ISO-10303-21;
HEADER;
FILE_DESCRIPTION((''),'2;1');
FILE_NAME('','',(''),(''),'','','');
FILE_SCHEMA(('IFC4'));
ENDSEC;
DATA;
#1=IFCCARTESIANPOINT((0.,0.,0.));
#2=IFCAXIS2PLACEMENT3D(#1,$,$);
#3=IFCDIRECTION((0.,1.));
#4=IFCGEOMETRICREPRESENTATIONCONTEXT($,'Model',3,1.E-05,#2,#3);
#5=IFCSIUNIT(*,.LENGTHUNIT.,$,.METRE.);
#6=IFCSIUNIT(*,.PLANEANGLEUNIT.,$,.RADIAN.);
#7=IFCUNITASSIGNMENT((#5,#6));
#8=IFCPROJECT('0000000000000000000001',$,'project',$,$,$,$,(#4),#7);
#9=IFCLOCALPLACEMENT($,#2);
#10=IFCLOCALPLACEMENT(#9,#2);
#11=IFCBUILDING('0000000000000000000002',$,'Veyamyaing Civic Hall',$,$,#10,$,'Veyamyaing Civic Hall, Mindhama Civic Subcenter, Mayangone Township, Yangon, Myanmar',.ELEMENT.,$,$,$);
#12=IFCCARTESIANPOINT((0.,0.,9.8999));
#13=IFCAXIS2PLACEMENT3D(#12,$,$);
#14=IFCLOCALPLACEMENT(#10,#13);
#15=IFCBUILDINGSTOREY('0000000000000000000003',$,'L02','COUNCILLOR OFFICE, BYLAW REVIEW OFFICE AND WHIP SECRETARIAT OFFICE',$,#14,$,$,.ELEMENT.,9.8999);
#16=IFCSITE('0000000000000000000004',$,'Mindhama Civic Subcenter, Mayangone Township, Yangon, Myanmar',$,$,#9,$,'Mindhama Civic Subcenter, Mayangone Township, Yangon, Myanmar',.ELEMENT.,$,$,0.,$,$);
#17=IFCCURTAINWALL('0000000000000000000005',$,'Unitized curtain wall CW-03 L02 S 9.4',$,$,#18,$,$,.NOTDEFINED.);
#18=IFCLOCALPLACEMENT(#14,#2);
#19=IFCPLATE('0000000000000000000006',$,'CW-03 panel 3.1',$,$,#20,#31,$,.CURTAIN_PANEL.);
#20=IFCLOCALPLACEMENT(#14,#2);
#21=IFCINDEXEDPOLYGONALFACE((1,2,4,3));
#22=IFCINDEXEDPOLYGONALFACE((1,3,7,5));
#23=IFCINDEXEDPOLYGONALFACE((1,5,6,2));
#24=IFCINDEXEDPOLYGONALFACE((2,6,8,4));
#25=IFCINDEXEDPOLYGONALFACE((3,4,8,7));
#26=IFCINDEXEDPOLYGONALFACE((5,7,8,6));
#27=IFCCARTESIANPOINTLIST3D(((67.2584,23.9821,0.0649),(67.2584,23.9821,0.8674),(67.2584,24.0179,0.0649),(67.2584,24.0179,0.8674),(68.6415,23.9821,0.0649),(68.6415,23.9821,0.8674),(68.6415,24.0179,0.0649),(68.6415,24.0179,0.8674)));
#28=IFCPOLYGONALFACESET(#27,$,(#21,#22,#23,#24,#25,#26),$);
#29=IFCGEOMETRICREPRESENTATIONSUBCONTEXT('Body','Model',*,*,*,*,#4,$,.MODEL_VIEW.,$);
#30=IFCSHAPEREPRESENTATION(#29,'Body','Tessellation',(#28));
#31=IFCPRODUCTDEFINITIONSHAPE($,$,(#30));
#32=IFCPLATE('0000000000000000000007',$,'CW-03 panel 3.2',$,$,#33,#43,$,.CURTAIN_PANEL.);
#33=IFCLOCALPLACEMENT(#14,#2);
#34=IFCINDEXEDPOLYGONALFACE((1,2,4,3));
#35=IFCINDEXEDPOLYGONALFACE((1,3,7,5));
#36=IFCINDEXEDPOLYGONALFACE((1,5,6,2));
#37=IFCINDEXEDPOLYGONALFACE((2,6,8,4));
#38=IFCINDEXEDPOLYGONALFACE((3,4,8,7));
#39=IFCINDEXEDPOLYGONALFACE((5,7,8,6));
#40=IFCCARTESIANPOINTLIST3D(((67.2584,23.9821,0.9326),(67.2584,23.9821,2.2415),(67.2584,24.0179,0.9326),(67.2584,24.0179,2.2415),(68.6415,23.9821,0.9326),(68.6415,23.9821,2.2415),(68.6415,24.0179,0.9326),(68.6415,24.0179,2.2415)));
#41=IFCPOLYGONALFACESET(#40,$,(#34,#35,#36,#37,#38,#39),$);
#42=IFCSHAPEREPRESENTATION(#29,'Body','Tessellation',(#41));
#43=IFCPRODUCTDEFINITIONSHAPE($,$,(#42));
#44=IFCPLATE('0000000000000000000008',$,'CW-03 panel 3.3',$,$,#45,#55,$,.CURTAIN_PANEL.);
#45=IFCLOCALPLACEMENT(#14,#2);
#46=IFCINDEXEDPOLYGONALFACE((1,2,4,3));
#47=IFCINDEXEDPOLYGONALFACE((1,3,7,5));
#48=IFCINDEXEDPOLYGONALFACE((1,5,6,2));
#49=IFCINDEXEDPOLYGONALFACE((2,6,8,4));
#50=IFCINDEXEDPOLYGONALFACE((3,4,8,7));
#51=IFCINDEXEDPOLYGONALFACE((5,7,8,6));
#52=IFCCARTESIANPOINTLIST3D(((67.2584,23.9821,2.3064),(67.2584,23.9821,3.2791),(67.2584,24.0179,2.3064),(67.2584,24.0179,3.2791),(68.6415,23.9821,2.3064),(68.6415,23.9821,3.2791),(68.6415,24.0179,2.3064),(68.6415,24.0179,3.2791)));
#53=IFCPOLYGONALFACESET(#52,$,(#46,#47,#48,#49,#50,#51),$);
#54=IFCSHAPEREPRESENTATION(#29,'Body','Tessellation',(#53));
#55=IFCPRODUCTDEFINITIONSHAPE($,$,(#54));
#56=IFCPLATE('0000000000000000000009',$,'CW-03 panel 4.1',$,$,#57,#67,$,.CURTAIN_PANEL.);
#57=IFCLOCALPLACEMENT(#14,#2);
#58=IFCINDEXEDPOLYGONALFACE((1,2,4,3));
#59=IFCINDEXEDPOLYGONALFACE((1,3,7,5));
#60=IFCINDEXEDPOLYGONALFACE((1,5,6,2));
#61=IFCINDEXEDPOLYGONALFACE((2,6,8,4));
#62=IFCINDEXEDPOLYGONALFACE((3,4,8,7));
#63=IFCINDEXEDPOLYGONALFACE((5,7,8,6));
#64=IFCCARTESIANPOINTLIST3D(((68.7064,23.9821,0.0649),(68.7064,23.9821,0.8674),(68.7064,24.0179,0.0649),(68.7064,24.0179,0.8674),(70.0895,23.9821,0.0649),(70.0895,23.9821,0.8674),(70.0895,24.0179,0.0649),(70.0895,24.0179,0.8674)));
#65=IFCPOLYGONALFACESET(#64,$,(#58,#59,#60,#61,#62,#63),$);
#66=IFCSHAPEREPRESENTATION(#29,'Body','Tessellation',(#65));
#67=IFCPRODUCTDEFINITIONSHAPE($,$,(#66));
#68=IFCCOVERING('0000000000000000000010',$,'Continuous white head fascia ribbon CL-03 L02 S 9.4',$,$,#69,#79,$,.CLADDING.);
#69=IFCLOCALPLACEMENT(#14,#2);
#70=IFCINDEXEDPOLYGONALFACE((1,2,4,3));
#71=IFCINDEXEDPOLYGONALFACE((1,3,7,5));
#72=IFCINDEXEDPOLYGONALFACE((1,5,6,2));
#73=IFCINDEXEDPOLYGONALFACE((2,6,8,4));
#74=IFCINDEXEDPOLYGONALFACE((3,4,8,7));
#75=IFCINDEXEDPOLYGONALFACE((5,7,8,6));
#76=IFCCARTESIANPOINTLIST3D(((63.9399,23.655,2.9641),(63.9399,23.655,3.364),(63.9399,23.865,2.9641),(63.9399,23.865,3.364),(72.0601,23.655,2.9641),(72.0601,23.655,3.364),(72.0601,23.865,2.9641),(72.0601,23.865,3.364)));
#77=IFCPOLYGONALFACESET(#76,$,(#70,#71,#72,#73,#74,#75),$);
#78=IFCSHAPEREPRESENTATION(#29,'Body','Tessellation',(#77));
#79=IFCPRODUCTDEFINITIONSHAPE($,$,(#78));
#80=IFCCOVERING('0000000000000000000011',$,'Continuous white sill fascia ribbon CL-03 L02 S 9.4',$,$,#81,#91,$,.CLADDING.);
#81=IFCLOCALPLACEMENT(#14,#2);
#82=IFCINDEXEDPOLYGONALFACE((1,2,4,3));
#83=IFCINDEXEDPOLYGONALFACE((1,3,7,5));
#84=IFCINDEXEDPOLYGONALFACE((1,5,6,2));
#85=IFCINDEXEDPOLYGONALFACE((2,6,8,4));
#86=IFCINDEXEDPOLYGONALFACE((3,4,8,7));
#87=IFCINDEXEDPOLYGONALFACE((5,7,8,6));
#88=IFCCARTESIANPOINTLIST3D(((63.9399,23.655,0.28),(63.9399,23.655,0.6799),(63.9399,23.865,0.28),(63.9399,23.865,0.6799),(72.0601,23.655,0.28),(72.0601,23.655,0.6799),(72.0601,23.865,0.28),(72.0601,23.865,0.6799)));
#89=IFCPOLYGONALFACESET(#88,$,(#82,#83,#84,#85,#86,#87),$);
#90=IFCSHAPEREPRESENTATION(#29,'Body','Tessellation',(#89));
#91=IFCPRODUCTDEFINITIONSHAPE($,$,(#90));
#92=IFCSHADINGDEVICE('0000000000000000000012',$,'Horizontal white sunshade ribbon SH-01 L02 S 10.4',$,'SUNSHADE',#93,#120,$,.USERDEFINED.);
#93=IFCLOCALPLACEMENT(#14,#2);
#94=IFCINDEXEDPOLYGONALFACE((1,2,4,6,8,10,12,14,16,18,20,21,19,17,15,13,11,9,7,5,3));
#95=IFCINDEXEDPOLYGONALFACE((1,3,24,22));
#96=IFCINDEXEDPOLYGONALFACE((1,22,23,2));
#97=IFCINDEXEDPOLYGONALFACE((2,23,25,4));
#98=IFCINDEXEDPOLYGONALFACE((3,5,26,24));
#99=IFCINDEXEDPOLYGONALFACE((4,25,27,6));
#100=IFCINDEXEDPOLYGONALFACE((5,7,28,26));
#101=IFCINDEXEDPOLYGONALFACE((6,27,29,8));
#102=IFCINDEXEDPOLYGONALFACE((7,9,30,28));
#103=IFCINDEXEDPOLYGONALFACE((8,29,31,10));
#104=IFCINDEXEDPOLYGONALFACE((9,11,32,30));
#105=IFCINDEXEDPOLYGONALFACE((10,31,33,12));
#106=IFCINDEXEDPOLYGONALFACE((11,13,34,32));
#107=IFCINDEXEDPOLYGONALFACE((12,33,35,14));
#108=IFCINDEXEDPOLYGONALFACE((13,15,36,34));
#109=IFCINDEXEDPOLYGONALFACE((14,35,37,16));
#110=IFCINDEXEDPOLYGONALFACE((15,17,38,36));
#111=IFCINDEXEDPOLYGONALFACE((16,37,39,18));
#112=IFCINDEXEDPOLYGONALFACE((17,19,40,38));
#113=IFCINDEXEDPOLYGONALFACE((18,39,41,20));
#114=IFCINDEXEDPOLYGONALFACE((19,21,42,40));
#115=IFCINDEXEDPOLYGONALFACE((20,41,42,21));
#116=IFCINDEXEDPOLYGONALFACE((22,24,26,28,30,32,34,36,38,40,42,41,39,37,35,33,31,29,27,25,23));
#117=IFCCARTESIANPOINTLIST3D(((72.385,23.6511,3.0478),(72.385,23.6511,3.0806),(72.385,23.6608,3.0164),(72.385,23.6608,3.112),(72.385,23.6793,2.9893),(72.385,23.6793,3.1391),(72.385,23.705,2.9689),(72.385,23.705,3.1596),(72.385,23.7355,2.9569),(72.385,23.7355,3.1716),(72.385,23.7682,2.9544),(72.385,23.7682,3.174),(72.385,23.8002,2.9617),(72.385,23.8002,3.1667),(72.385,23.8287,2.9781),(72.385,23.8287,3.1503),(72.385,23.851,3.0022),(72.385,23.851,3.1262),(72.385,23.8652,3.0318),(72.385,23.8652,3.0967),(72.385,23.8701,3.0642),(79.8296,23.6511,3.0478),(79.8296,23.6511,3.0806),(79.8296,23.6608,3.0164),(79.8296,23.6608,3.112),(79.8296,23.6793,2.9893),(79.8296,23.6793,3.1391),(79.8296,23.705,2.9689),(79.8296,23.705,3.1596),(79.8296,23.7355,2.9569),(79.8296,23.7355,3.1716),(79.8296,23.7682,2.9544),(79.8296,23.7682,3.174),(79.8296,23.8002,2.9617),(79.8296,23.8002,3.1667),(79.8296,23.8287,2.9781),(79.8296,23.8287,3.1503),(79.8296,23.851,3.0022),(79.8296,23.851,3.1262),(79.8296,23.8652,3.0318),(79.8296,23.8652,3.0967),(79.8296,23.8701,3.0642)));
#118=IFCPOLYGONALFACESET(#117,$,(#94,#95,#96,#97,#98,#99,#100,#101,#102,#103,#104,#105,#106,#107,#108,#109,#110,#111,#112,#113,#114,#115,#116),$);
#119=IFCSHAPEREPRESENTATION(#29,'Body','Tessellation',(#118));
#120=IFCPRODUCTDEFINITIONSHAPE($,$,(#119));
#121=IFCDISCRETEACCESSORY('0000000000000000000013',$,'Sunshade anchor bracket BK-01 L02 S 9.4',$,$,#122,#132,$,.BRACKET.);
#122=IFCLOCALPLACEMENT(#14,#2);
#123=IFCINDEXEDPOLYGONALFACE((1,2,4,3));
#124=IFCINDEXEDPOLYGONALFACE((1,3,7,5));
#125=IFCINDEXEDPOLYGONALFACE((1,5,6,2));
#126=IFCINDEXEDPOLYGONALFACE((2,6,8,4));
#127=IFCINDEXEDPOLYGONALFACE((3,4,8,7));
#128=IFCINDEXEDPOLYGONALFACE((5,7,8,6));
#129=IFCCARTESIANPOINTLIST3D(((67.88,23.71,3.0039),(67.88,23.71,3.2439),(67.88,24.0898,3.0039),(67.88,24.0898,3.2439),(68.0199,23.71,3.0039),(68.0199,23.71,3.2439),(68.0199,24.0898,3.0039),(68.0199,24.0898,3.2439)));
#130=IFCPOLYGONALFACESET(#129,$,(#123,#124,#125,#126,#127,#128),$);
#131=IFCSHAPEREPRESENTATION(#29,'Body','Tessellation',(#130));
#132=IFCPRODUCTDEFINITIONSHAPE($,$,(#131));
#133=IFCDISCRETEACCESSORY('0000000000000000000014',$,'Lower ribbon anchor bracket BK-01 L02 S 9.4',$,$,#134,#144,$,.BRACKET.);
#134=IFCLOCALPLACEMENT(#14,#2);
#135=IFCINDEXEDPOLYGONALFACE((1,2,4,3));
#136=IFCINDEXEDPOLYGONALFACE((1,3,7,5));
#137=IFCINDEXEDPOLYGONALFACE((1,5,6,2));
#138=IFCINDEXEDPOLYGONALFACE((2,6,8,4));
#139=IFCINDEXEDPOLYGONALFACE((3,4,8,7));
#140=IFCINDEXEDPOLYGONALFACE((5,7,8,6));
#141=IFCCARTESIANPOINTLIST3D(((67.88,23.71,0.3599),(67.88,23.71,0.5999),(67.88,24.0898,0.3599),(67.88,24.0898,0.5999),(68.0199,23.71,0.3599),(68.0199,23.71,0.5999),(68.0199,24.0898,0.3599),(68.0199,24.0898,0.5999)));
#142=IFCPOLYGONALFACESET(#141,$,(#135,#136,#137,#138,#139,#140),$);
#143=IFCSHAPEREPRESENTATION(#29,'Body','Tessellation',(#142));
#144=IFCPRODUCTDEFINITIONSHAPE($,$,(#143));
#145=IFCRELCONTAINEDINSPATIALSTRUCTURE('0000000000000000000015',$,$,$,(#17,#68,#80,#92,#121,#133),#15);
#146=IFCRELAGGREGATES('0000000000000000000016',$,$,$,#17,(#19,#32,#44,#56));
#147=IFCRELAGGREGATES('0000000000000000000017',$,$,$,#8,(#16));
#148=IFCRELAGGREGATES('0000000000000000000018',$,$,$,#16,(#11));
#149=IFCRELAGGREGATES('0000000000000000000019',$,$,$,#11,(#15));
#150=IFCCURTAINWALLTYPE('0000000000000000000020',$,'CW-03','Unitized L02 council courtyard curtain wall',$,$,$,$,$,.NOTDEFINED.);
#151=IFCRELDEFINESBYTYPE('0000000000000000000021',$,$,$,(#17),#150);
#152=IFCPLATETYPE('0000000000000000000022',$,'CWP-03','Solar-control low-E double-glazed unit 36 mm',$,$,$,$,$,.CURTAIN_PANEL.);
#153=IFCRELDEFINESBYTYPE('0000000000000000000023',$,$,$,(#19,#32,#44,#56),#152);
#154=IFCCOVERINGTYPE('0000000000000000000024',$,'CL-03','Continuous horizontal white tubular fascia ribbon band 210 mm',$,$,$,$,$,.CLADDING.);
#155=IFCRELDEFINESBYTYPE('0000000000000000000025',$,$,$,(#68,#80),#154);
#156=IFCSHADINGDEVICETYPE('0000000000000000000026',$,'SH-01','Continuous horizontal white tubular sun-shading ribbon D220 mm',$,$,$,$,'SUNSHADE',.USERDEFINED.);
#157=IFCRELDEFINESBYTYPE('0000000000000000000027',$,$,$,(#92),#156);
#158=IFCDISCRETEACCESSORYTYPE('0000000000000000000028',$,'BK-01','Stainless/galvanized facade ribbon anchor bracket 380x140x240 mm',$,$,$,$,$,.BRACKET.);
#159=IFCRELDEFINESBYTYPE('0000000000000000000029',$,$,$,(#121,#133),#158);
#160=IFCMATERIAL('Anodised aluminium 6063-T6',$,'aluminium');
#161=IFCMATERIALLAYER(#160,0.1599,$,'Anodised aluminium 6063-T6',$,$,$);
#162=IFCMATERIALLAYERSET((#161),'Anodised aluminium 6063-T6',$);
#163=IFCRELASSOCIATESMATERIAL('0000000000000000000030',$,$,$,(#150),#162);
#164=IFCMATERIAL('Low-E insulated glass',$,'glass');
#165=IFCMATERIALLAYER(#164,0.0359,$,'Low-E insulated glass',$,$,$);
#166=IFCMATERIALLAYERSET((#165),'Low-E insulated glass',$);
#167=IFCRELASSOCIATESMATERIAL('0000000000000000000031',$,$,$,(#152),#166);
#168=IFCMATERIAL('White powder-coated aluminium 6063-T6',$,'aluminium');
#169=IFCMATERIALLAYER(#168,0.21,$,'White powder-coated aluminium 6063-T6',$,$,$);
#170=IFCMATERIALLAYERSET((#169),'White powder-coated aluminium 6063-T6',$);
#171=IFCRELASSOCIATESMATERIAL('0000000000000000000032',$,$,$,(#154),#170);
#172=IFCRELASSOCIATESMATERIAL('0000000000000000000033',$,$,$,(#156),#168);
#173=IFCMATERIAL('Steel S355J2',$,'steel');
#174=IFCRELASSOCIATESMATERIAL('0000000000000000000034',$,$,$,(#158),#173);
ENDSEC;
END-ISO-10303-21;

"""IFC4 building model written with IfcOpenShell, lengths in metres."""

from ifc_helpers import new_model, si_unit, direction, frame, origin, origin_2d, place, context, subcontext, project, spatial, rectangle, circle, extrude, material, layer, layer_set, material_profile, profile_set, type_object, element, aggregate, save


model = new_model("IFC4")

# Units and contexts
model_context = context("Model", 3, precision=1e-05, world=origin(), true_north=direction((0.0, 1.0)))
body_context = subcontext(model_context, "Body", "Model", "MODEL_VIEW")
ifc_project = project(units=[si_unit("LENGTHUNIT", "METRE"), si_unit("PLANEANGLEUNIT", "RADIAN")], contexts=[model_context])

# Site, building, storey
site_placement = place(None, origin())
site = spatial("IfcSite", under=ifc_project, at=site_placement, Name="Mindhama Civic Subcenter, Mayangone Township, Yangon, Myanmar", LongName="Mindhama Civic Subcenter, Mayangone Township, Yangon, Myanmar", CompositionType="ELEMENT", RefElevation=0.0)
building_placement = place(site_placement, origin())
building = spatial("IfcBuilding", under=site, at=building_placement, Name="Veyamyaing Civic Hall", LongName="Veyamyaing Civic Hall, Mindhama Civic Subcenter, Mayangone Township, Yangon, Myanmar", CompositionType="ELEMENT")
storey_placement = place(building_placement, frame((0.0, 0.0, 9.8999)))
storey = spatial("IfcBuildingStorey", under=building, at=storey_placement, Name="L02", Description="COUNCILLOR OFFICE, BYLAW REVIEW OFFICE AND WHIP SECRETARIAT OFFICE", CompositionType="ELEMENT", Elevation=9.8999)

# Curtain wall, plates
ifc_material_1 = material(Name="Anodised aluminium 6063-T6", Category="aluminium")
ifc_layer_1 = layer(ifc_material_1, 0.1599, Name="Anodised aluminium 6063-T6")
ifc_layer_set_1 = layer_set([ifc_layer_1], Name="Anodised aluminium 6063-T6")
curtain_wall_type = type_object("IfcCurtainWallType", Name="CW-03", Description="Unitized L02 council courtyard curtain wall", PredefinedType="NOTDEFINED", material=ifc_layer_set_1)
curtain_wall_placement = place(storey_placement, origin())
curtain_wall = element("IfcCurtainWall", 1, at=curtain_wall_placement, inside=storey, type_object=curtain_wall_type, Name="Unitized curtain wall CW-03 L02 S 9.4", PredefinedType="NOTDEFINED")
ifc_material_2 = material(Name="Low-E insulated glass", Category="glass")
ifc_layer_2 = layer(ifc_material_2, 0.0359, Name="Low-E insulated glass")
ifc_layer_set_2 = layer_set([ifc_layer_2], Name="Low-E insulated glass")
plate_type = type_object("IfcPlateType", Name="CWP-03", Description="Solar-control low-E double-glazed unit 36 mm", PredefinedType="CURTAIN_PANEL", material=ifc_layer_set_2)
plate_1_placement = place(storey_placement, frame((67.95, 24.0, 0.0649), z_axis=(0.0, 0.0, 1.0), x_axis=(1.0, 0.0, 0.0)))
plate_1 = element("IfcPlate", 2, at=plate_1_placement, type_object=plate_type, Name="CW-03 panel 3.1", PredefinedType="CURTAIN_PANEL", context=body_context, shape_type="SweptSolid", body=[
    extrude(rectangle(XDim=1.3831, YDim=0.0359, at=origin_2d()), origin(), (0.0, 0.0, 1.0), 0.8025),
])
plate_2_placement = place(storey_placement, frame((67.95, 24.0, 0.9326), z_axis=(0.0, 0.0, 1.0), x_axis=(1.0, 0.0, 0.0)))
plate_2 = element("IfcPlate", 3, at=plate_2_placement, type_object=plate_type, Name="CW-03 panel 3.2", PredefinedType="CURTAIN_PANEL", context=body_context, shape_type="SweptSolid", body=[
    extrude(rectangle(XDim=1.3831, YDim=0.0359, at=origin_2d()), origin(), (0.0, 0.0, 1.0), 1.3088),
])
plate_3_placement = place(storey_placement, frame((67.95, 24.0, 2.3064), z_axis=(0.0, 0.0, 1.0), x_axis=(1.0, 0.0, 0.0)))
plate_3 = element("IfcPlate", 4, at=plate_3_placement, type_object=plate_type, Name="CW-03 panel 3.3", PredefinedType="CURTAIN_PANEL", context=body_context, shape_type="SweptSolid", body=[
    extrude(rectangle(XDim=1.3831, YDim=0.0359, at=origin_2d()), origin(), (0.0, 0.0, 1.0), 0.9727),
])
plate_4_placement = place(storey_placement, frame((69.3979, 24.0, 0.0649), z_axis=(0.0, 0.0, 1.0), x_axis=(1.0, 0.0, 0.0)))
plate_4 = element("IfcPlate", 5, at=plate_4_placement, type_object=plate_type, Name="CW-03 panel 4.1", PredefinedType="CURTAIN_PANEL", context=body_context, shape_type="SweptSolid", body=[
    extrude(rectangle(XDim=1.3831, YDim=0.0359, at=origin_2d()), origin(), (0.0, 0.0, 1.0), 0.8025),
])
aggregate(curtain_wall, [plate_1, plate_2, plate_3, plate_4])

# Coverings
ifc_material_3 = material(Name="White powder-coated aluminium 6063-T6", Category="aluminium")
ifc_layer_3 = layer(ifc_material_3, 0.21, Name="White powder-coated aluminium 6063-T6")
ifc_layer_set_3 = layer_set([ifc_layer_3], Name="White powder-coated aluminium 6063-T6")
covering_type = type_object("IfcCoveringType", Name="CL-03", Description="Continuous horizontal white tubular fascia ribbon band 210 mm", PredefinedType="CLADDING", material=ifc_layer_set_3)
for number, where, z_axis, x_axis, name in (
    (6, (68.0, 23.76, 2.9641), (0.0, 0.0, 1.0), (1.0, 0.0, 0.0), "Continuous white head fascia ribbon CL-03 L02 S 9.4"),
    (7, (68.0, 23.76, 0.28), (0.0, 0.0, 1.0), (1.0, 0.0, 0.0), "Continuous white sill fascia ribbon CL-03 L02 S 9.4"),
):
    element("IfcCovering", number, at=place(storey_placement, frame(where, z_axis=z_axis, x_axis=x_axis)), inside=storey, type_object=covering_type, Name=name, PredefinedType="CLADDING", context=body_context, shape_type="SweptSolid", body=[
        extrude(rectangle(XDim=8.1201, YDim=0.21, at=origin_2d()), origin(), (0.0, 0.0, 1.0), 0.3999),
    ])

# Shading device
ifc_material_profile_1 = material_profile(ifc_material_3, circle(Radius=0.1101, at=origin_2d()), Name="SHADE-TUBE-220")
ifc_profile_set_1 = profile_set([ifc_material_profile_1], Name="White powder-coated aluminium 6063-T6")
shading_device_type = type_object("IfcShadingDeviceType", Name="SH-01", Description="Continuous horizontal white tubular sun-shading ribbon D220 mm", ElementType="SUNSHADE", PredefinedType="USERDEFINED", material=ifc_profile_set_1)
shading_device_placement = place(storey_placement, frame((72.385, 23.76, 3.0642), z_axis=(1.0, 0.0, 0.0), x_axis=(0.0, 1.0, 0.0)))
element("IfcShadingDevice", 8, at=shading_device_placement, inside=storey, type_object=shading_device_type, Name="Horizontal white sunshade ribbon SH-01 L02 S 10.4", ObjectType="SUNSHADE", PredefinedType="USERDEFINED", context=body_context, shape_type="SweptSolid", body=[
    extrude(circle(Radius=0.1101, at=origin_2d()), origin(), (0.0, 0.0, 1.0), 7.4446),
])

# Discrete accessories
ifc_material_4 = material(Name="Steel S355J2", Category="steel")
discrete_accessory_type = type_object("IfcDiscreteAccessoryType", Name="BK-01", Description="Stainless/galvanized facade ribbon anchor bracket 380x140x240 mm", PredefinedType="BRACKET", material=ifc_material_4)
for number, where, z_axis, x_axis, name in (
    (9, (67.95, 23.8999, 3.0039), (0.0, 0.0, 1.0), (0.0, -1.0, 0.0), "Sunshade anchor bracket BK-01 L02 S 9.4"),
    (10, (67.95, 23.8999, 0.3599), (0.0, 0.0, 1.0), (0.0, -1.0, 0.0), "Lower ribbon anchor bracket BK-01 L02 S 9.4"),
):
    element("IfcDiscreteAccessory", number, at=place(storey_placement, frame(where, z_axis=z_axis, x_axis=x_axis)), inside=storey, type_object=discrete_accessory_type, Name=name, PredefinedType="BRACKET", context=body_context, shape_type="SweptSolid", body=[
        extrude(rectangle(XDim=0.3799, YDim=0.1399, at=origin_2d()), origin(), (0.0, 0.0, 1.0), 0.24),
    ])

save(model, "model.ifc")
